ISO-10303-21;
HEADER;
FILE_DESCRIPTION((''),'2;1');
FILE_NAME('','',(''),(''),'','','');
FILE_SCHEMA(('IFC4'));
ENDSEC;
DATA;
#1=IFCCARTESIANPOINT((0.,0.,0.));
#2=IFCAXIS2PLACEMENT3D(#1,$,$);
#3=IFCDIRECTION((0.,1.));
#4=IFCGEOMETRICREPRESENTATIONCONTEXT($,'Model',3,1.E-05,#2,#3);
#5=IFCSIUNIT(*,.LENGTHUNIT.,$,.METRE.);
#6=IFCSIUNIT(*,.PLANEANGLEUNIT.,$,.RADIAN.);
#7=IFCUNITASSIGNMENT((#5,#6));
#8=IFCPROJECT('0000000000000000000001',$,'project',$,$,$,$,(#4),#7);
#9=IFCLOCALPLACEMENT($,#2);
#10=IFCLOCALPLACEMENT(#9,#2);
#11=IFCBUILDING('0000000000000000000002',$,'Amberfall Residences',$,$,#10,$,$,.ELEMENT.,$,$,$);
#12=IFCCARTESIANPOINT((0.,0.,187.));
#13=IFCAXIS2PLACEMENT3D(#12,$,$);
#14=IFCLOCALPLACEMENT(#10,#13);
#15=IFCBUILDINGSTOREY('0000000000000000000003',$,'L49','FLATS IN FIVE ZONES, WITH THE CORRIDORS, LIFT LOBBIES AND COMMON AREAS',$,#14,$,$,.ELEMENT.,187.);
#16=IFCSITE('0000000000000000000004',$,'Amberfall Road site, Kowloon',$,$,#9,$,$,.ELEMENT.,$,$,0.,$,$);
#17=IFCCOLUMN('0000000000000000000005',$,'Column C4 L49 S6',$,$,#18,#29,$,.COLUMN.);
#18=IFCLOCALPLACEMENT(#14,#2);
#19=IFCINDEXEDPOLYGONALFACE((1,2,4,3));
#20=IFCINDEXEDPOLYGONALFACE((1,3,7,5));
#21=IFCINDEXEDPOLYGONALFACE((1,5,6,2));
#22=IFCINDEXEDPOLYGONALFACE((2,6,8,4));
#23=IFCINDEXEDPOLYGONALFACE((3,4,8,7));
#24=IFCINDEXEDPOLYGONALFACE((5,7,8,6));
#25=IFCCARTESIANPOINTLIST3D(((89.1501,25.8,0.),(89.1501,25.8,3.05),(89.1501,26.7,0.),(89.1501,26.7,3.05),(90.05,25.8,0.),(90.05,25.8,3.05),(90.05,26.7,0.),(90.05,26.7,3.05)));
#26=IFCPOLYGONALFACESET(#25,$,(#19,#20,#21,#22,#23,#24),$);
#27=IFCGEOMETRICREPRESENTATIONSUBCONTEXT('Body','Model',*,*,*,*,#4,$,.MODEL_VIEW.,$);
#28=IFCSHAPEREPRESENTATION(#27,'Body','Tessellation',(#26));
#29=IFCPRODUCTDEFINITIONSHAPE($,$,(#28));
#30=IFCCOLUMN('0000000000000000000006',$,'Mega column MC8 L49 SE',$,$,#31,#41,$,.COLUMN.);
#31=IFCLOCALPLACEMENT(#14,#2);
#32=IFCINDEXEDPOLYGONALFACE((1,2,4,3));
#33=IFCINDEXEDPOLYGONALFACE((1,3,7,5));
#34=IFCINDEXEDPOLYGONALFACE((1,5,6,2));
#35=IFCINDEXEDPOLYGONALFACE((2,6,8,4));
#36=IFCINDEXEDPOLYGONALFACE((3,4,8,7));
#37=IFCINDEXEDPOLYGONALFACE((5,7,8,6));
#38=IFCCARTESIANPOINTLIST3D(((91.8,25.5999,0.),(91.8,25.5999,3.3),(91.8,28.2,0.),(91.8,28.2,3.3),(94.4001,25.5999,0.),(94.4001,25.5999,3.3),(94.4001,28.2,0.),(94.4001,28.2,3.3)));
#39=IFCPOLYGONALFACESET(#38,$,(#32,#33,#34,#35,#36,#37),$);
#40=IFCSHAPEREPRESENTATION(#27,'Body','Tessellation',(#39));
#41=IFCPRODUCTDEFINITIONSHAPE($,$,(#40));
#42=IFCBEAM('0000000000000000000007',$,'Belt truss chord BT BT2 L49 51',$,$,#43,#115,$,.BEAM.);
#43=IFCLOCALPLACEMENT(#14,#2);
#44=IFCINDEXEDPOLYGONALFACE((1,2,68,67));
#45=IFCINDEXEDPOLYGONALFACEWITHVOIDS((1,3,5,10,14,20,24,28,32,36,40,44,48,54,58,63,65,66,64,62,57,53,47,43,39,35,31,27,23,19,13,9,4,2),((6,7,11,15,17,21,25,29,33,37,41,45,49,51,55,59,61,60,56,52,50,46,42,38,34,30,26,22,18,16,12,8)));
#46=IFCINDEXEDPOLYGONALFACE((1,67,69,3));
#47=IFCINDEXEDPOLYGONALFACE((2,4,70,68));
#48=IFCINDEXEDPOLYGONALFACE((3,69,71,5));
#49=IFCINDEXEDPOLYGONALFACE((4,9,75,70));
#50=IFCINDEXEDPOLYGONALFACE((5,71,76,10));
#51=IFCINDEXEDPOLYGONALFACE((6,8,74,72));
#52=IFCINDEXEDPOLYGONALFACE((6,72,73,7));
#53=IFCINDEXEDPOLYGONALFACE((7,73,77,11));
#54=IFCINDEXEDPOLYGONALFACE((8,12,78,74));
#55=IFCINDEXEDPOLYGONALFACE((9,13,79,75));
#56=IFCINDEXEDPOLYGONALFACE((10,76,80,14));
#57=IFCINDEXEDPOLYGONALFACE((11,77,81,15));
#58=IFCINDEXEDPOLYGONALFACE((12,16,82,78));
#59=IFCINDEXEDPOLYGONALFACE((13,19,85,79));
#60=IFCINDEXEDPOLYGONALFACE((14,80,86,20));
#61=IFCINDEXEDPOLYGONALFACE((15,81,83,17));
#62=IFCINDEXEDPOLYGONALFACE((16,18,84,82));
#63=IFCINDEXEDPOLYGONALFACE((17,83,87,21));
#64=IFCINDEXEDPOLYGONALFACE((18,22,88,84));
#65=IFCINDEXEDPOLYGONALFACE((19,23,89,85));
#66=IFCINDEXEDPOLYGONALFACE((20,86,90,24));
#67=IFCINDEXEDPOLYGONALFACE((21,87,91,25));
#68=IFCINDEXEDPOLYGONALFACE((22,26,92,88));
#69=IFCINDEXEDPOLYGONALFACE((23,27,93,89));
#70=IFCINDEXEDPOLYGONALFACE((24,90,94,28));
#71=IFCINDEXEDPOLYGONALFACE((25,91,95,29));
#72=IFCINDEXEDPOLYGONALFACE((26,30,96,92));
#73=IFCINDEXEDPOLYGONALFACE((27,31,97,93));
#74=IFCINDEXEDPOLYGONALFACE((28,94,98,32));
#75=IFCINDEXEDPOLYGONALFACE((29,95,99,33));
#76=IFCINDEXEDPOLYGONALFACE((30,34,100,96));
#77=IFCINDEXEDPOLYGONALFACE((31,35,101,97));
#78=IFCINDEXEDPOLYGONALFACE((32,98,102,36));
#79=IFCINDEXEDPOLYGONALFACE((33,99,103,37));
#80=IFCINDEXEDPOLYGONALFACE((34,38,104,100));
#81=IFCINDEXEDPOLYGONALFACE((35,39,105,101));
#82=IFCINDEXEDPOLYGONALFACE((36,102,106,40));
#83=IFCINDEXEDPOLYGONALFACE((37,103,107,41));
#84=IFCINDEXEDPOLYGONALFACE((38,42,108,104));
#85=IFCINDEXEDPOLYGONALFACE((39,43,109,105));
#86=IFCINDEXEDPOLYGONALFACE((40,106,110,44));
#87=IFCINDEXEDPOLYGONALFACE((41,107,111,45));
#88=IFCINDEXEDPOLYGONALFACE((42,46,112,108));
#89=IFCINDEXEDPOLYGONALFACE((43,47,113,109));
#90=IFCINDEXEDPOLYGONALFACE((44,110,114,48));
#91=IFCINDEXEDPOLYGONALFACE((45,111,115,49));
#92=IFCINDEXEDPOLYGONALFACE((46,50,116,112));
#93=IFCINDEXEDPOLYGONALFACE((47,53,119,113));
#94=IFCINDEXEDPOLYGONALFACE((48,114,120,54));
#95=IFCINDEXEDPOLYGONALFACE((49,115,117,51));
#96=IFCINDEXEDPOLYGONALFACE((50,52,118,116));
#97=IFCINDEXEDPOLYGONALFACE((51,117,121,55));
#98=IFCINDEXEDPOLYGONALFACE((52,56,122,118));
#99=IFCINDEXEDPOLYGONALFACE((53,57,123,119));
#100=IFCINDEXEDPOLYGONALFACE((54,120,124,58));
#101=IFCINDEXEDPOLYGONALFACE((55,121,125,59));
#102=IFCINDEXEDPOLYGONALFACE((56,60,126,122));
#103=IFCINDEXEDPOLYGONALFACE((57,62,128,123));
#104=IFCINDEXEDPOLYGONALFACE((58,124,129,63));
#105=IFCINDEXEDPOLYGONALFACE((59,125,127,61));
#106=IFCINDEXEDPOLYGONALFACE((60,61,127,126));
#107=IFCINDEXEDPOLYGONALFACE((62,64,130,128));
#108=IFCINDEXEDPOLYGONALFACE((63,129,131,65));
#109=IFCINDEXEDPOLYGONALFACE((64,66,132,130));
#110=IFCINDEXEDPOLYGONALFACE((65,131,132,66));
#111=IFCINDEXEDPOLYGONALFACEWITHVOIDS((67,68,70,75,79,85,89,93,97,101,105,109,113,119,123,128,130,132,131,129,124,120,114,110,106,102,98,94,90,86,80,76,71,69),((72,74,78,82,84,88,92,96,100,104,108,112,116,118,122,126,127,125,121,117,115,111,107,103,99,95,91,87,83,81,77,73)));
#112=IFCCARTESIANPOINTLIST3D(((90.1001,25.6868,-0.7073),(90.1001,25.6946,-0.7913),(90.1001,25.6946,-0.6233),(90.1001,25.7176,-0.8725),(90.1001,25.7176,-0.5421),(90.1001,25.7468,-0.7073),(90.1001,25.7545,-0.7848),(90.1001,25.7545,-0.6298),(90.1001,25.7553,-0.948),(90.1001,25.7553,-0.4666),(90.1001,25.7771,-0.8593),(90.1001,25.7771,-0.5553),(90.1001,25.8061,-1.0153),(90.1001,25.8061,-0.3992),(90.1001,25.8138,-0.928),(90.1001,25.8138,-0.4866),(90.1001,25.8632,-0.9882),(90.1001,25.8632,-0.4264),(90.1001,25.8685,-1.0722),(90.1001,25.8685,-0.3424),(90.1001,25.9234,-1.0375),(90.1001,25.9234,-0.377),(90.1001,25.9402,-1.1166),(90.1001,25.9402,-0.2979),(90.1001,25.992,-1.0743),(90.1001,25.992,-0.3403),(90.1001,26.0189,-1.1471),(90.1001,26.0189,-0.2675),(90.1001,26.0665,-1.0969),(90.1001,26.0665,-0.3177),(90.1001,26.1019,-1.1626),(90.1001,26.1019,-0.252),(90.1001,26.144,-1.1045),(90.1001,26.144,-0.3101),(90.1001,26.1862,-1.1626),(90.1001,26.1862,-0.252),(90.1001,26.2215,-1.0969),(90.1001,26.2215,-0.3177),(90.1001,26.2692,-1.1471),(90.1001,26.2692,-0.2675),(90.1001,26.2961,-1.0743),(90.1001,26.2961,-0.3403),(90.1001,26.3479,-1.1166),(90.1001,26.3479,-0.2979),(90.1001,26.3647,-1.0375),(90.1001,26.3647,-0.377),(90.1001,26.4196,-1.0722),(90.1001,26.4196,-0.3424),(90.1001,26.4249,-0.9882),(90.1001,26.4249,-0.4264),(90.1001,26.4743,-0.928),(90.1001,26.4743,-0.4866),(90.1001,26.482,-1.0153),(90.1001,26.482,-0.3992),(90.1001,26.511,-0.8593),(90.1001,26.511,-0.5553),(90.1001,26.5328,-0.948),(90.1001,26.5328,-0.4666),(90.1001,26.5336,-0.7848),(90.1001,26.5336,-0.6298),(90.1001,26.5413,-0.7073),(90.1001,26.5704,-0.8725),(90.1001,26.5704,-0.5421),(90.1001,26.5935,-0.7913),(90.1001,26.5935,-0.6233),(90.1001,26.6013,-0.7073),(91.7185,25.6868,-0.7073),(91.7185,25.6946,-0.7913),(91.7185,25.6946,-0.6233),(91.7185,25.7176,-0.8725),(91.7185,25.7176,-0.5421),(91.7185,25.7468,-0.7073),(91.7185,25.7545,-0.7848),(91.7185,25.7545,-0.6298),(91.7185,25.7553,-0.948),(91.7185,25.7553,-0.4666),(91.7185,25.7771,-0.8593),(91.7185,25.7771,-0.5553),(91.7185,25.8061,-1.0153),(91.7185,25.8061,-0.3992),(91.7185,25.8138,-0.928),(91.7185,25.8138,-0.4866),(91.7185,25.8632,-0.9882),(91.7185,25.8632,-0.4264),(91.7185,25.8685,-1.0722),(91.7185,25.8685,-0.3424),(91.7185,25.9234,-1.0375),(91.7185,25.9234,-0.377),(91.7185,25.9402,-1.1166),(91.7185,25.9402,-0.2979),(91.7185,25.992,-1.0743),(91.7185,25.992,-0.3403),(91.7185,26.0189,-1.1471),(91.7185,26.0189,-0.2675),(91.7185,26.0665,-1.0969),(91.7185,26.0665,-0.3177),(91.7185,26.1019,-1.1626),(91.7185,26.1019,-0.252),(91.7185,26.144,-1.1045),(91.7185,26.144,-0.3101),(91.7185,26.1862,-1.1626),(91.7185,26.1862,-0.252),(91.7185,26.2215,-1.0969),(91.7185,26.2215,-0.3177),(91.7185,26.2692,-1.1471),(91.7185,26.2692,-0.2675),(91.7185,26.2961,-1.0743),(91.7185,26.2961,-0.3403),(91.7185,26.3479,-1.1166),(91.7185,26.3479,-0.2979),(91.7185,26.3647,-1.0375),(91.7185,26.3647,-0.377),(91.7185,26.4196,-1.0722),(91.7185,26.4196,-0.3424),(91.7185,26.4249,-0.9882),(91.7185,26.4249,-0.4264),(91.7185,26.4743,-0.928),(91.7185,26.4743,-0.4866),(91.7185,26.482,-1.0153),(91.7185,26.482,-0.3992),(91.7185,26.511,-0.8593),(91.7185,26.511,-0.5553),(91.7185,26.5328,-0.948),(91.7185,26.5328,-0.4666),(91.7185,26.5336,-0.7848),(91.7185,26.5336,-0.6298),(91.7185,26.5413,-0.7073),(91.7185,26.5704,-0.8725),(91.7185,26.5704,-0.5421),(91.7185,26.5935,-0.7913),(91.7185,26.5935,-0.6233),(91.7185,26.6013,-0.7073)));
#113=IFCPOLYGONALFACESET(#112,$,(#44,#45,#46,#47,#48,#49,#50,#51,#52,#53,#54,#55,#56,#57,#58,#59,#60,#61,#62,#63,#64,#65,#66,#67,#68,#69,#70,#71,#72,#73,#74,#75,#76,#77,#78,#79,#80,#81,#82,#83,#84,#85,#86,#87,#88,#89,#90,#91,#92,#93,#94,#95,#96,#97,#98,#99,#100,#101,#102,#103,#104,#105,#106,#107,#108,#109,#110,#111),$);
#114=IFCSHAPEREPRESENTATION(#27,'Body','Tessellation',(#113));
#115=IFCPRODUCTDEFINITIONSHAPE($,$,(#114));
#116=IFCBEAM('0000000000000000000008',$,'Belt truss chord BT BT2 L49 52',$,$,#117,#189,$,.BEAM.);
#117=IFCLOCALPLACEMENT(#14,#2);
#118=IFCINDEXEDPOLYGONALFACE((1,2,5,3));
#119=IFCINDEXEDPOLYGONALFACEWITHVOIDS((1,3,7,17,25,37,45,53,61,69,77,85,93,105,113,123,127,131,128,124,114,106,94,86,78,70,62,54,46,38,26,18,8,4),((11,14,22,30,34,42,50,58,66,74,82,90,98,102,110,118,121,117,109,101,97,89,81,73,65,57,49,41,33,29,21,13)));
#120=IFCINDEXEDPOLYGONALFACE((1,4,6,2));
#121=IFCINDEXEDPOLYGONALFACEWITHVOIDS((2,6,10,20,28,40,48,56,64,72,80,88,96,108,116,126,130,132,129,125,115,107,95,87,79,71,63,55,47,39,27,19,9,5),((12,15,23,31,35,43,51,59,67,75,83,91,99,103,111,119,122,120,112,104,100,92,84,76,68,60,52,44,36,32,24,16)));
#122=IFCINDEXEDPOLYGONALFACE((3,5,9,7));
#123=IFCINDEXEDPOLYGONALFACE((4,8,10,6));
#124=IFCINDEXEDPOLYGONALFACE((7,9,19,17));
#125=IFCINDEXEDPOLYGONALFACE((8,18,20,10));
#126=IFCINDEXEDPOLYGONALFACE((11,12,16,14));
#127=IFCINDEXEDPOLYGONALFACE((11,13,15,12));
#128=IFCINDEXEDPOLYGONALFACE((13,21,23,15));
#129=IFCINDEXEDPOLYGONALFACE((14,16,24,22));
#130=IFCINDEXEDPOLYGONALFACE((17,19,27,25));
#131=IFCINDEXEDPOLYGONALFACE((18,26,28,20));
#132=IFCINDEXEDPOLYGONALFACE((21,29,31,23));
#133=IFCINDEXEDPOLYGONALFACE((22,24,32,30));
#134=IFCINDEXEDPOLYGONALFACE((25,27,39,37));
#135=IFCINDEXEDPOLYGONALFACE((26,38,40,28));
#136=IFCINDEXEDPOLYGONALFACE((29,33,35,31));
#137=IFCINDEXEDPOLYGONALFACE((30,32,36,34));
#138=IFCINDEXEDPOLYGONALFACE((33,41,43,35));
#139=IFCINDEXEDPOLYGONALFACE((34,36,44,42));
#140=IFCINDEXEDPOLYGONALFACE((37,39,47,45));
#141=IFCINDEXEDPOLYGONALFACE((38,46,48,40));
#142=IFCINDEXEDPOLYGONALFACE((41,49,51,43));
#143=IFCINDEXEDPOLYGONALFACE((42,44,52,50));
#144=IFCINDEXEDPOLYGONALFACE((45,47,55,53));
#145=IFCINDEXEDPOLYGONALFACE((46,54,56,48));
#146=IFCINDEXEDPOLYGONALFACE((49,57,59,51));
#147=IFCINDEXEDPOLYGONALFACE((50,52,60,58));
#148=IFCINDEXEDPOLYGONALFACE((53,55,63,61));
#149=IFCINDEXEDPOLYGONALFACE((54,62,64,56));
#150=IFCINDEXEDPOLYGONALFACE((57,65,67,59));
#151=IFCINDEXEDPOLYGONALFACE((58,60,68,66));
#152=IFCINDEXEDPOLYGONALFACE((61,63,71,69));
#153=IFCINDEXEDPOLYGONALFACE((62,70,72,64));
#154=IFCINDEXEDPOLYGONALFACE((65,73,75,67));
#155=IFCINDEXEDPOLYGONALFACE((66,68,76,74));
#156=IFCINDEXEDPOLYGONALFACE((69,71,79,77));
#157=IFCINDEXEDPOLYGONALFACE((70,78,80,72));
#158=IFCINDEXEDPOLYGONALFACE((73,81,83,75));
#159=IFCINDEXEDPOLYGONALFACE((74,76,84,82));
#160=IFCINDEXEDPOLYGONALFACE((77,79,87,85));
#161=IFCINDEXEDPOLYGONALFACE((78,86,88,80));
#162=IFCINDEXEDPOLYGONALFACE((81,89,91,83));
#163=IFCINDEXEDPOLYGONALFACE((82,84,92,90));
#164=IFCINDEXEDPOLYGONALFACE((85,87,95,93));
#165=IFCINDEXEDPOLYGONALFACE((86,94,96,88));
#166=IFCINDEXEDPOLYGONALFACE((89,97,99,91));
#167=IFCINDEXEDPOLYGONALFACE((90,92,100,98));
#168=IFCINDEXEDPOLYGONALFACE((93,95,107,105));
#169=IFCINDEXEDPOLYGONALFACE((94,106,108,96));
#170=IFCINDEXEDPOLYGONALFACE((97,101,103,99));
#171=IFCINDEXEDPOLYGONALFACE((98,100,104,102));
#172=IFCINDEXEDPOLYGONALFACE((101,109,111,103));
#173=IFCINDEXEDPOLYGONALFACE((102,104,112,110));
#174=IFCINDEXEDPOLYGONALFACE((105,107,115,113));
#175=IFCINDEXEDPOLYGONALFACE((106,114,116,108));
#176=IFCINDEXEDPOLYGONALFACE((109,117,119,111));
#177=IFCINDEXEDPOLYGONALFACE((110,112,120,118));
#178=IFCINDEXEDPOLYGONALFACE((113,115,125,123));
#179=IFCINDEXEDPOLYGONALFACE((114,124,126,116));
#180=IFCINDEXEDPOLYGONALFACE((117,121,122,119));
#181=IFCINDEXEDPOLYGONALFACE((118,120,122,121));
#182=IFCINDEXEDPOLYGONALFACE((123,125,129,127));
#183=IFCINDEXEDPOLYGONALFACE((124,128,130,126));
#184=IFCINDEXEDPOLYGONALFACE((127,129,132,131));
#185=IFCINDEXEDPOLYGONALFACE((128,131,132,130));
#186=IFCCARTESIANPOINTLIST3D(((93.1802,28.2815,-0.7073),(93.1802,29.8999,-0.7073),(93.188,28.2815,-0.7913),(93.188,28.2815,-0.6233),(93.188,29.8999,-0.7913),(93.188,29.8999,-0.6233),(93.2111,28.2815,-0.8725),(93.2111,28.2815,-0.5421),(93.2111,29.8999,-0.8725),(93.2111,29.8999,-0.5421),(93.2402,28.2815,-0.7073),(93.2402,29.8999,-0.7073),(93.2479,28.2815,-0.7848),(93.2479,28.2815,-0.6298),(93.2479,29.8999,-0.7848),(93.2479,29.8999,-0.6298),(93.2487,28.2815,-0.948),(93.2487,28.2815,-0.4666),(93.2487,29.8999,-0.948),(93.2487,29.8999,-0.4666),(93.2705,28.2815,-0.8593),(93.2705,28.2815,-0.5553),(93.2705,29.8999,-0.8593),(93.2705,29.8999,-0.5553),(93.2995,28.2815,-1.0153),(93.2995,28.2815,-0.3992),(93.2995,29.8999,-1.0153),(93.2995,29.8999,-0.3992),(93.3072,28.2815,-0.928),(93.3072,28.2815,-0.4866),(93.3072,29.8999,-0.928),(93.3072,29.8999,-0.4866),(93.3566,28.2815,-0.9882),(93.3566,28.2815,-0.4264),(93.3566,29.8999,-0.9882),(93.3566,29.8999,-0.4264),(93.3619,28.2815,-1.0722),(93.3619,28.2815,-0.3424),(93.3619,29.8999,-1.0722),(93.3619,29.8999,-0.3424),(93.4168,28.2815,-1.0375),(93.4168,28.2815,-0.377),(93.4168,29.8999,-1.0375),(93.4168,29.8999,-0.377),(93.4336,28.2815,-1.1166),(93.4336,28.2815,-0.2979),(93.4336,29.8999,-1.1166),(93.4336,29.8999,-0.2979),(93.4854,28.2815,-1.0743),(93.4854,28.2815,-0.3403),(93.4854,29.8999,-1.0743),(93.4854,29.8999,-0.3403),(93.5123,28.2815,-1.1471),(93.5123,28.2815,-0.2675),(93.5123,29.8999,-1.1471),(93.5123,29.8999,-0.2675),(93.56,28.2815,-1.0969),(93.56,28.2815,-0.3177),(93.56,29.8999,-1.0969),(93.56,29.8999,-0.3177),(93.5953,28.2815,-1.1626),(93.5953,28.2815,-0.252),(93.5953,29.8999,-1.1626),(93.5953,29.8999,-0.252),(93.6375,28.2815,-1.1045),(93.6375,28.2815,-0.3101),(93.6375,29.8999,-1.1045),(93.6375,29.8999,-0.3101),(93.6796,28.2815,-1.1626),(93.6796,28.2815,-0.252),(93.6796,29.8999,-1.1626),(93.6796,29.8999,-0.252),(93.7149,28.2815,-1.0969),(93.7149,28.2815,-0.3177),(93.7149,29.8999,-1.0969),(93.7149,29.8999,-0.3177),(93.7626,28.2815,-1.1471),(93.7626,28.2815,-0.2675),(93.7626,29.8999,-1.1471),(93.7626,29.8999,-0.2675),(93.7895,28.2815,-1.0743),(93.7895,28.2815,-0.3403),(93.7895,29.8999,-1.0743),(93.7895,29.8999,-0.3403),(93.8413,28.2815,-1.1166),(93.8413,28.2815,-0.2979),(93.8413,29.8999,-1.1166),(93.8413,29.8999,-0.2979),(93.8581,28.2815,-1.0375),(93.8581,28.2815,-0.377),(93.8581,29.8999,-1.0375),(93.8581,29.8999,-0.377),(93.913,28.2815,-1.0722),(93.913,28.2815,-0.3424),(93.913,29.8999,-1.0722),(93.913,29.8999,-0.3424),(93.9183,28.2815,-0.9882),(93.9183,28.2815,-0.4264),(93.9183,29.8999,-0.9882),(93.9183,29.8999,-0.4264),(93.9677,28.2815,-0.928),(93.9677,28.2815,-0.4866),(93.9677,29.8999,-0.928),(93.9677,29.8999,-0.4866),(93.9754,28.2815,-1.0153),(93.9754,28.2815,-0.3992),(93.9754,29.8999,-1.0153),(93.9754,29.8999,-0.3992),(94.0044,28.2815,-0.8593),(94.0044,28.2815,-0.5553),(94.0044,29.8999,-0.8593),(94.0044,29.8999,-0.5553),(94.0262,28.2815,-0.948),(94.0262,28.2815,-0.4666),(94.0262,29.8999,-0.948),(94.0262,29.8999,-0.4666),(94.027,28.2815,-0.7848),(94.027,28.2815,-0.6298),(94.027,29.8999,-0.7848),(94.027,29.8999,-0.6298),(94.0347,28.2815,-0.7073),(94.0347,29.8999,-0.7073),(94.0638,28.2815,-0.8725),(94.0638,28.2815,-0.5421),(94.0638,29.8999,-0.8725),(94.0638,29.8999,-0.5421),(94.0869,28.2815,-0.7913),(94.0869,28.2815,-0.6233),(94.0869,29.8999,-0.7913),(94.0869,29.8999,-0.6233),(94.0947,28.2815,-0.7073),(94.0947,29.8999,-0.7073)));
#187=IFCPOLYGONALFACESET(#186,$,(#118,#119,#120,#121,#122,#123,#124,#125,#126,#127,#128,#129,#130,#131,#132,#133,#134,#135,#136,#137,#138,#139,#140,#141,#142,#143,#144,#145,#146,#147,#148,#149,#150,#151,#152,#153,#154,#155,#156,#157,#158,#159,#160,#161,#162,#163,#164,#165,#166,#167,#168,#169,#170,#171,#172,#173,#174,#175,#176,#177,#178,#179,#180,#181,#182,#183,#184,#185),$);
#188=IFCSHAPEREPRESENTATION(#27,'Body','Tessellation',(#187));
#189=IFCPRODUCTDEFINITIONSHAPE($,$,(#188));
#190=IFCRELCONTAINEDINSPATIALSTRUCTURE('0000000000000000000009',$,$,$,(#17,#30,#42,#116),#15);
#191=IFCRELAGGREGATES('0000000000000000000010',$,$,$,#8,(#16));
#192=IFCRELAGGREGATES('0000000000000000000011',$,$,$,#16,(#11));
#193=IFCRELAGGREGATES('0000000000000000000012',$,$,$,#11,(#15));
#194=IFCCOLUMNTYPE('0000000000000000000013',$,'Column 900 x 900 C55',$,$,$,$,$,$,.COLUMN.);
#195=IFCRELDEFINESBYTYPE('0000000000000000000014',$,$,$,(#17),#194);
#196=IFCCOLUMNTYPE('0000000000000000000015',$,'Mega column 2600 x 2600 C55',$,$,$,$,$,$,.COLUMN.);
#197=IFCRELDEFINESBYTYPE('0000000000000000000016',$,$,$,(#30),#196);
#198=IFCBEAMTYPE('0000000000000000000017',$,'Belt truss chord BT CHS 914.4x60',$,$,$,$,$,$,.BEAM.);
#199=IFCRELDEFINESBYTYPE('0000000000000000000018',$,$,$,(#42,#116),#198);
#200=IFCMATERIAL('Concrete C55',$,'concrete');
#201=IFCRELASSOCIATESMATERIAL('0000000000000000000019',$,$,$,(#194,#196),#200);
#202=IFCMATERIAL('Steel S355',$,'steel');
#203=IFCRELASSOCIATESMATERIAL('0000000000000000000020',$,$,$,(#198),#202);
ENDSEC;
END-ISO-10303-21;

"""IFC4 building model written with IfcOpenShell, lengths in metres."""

from ifc_helpers import new_model, si_unit, direction, frame, origin, origin_2d, place, context, subcontext, project, spatial, rectangle, hollow_circle, extrude, material, material_profile, profile_set, type_object, element, save


model = new_model("IFC4")

# Units and contexts
model_context = context("Model", 3, precision=1e-05, world=origin(), true_north=direction((0.0, 1.0)))
body_context = subcontext(model_context, "Body", "Model", "MODEL_VIEW")
ifc_project = project(units=[si_unit("LENGTHUNIT", "METRE"), si_unit("PLANEANGLEUNIT", "RADIAN")], contexts=[model_context])

# Site, building, storey
site_placement = place(None, origin())
site = spatial("IfcSite", under=ifc_project, at=site_placement, Name="Amberfall Road site, Kowloon", CompositionType="ELEMENT", RefElevation=0.0)
building_placement = place(site_placement, origin())
building = spatial("IfcBuilding", under=site, at=building_placement, Name="Amberfall Residences", CompositionType="ELEMENT")
storey_placement = place(building_placement, frame((0.0, 0.0, 187.0)))
storey = spatial("IfcBuildingStorey", under=building, at=storey_placement, Name="L49", Description="FLATS IN FIVE ZONES, WITH THE CORRIDORS, LIFT LOBBIES AND COMMON AREAS", CompositionType="ELEMENT", Elevation=187.0)

# Columns
ifc_material_1 = material(Name="Concrete C55", Category="concrete")
ifc_material_profile_1 = material_profile(ifc_material_1, rectangle(XDim=0.8999, YDim=0.8999, at=origin_2d()), Name="Column 900 x 900 C55")
ifc_profile_set_1 = profile_set([ifc_material_profile_1], Name="Concrete C55")
column_type_1 = type_object("IfcColumnType", Name="Column 900 x 900 C55", PredefinedType="COLUMN", material=ifc_profile_set_1)
column_1_placement = place(storey_placement, frame((89.6001, 26.25, 0.0), z_axis=(0.0, 0.0, 1.0), x_axis=(1.0, 0.0, 0.0)))
element("IfcColumn", 1, at=column_1_placement, inside=storey, type_object=column_type_1, Name="Column C4 L49 S6", PredefinedType="COLUMN", context=body_context, shape_type="SweptSolid", body=[
    extrude(rectangle(XDim=0.8999, YDim=0.8999, at=origin_2d()), origin(), (0.0, 0.0, 1.0), 3.05),
])
ifc_material_profile_2 = material_profile(ifc_material_1, rectangle(XDim=2.6001, YDim=2.6001, at=origin_2d()), Name="Mega column 2600 x 2600 C55")
ifc_profile_set_2 = profile_set([ifc_material_profile_2], Name="Concrete C55")
column_type_2 = type_object("IfcColumnType", Name="Mega column 2600 x 2600 C55", PredefinedType="COLUMN", material=ifc_profile_set_2)
column_2_placement = place(storey_placement, frame((93.1001, 26.8999, 0.0), z_axis=(0.0, 0.0, 1.0), x_axis=(1.0, 0.0, 0.0)))
element("IfcColumn", 2, at=column_2_placement, inside=storey, type_object=column_type_2, Name="Mega column MC8 L49 SE", PredefinedType="COLUMN", context=body_context, shape_type="SweptSolid", body=[
    extrude(rectangle(XDim=2.6001, YDim=2.6001, at=origin_2d()), origin(), (0.0, 0.0, 1.0), 3.3),
])

# Beams
ifc_material_2 = material(Name="Steel S355", Category="steel")
ifc_material_profile_3 = material_profile(ifc_material_2, hollow_circle(Radius=0.4573, WallThickness=0.0601, at=origin_2d()), Name="CHS 914.4x60")
ifc_profile_set_3 = profile_set([ifc_material_profile_3], Name="Steel S355")
beam_type_1 = type_object("IfcBeamType", Name="Belt truss chord BT CHS 914.4x60", PredefinedType="BEAM", material=ifc_profile_set_3)
for number, where, z_axis, x_axis, name in (
    (3, (91.7185, 26.144, -0.7073), (-1.0, 0.0, 0.0), (0.0, -1.0, 0.0), "Belt truss chord BT BT2 L49 51"),
    (4, (93.6375, 28.2815, -0.7073), (0.0, 1.0, 0.0), (-1.0, 0.0, 0.0), "Belt truss chord BT BT2 L49 52"),
):
    element("IfcBeam", number, at=place(storey_placement, frame(where, z_axis=z_axis, x_axis=x_axis)), inside=storey, type_object=beam_type_1, Name=name, PredefinedType="BEAM", context=body_context, shape_type="SweptSolid", body=[
        extrude(hollow_circle(Radius=0.4573, WallThickness=0.0601, at=origin_2d()), origin(), (0.0, 0.0, 1.0), 1.6184),
    ])

save(model, "model.ifc")
